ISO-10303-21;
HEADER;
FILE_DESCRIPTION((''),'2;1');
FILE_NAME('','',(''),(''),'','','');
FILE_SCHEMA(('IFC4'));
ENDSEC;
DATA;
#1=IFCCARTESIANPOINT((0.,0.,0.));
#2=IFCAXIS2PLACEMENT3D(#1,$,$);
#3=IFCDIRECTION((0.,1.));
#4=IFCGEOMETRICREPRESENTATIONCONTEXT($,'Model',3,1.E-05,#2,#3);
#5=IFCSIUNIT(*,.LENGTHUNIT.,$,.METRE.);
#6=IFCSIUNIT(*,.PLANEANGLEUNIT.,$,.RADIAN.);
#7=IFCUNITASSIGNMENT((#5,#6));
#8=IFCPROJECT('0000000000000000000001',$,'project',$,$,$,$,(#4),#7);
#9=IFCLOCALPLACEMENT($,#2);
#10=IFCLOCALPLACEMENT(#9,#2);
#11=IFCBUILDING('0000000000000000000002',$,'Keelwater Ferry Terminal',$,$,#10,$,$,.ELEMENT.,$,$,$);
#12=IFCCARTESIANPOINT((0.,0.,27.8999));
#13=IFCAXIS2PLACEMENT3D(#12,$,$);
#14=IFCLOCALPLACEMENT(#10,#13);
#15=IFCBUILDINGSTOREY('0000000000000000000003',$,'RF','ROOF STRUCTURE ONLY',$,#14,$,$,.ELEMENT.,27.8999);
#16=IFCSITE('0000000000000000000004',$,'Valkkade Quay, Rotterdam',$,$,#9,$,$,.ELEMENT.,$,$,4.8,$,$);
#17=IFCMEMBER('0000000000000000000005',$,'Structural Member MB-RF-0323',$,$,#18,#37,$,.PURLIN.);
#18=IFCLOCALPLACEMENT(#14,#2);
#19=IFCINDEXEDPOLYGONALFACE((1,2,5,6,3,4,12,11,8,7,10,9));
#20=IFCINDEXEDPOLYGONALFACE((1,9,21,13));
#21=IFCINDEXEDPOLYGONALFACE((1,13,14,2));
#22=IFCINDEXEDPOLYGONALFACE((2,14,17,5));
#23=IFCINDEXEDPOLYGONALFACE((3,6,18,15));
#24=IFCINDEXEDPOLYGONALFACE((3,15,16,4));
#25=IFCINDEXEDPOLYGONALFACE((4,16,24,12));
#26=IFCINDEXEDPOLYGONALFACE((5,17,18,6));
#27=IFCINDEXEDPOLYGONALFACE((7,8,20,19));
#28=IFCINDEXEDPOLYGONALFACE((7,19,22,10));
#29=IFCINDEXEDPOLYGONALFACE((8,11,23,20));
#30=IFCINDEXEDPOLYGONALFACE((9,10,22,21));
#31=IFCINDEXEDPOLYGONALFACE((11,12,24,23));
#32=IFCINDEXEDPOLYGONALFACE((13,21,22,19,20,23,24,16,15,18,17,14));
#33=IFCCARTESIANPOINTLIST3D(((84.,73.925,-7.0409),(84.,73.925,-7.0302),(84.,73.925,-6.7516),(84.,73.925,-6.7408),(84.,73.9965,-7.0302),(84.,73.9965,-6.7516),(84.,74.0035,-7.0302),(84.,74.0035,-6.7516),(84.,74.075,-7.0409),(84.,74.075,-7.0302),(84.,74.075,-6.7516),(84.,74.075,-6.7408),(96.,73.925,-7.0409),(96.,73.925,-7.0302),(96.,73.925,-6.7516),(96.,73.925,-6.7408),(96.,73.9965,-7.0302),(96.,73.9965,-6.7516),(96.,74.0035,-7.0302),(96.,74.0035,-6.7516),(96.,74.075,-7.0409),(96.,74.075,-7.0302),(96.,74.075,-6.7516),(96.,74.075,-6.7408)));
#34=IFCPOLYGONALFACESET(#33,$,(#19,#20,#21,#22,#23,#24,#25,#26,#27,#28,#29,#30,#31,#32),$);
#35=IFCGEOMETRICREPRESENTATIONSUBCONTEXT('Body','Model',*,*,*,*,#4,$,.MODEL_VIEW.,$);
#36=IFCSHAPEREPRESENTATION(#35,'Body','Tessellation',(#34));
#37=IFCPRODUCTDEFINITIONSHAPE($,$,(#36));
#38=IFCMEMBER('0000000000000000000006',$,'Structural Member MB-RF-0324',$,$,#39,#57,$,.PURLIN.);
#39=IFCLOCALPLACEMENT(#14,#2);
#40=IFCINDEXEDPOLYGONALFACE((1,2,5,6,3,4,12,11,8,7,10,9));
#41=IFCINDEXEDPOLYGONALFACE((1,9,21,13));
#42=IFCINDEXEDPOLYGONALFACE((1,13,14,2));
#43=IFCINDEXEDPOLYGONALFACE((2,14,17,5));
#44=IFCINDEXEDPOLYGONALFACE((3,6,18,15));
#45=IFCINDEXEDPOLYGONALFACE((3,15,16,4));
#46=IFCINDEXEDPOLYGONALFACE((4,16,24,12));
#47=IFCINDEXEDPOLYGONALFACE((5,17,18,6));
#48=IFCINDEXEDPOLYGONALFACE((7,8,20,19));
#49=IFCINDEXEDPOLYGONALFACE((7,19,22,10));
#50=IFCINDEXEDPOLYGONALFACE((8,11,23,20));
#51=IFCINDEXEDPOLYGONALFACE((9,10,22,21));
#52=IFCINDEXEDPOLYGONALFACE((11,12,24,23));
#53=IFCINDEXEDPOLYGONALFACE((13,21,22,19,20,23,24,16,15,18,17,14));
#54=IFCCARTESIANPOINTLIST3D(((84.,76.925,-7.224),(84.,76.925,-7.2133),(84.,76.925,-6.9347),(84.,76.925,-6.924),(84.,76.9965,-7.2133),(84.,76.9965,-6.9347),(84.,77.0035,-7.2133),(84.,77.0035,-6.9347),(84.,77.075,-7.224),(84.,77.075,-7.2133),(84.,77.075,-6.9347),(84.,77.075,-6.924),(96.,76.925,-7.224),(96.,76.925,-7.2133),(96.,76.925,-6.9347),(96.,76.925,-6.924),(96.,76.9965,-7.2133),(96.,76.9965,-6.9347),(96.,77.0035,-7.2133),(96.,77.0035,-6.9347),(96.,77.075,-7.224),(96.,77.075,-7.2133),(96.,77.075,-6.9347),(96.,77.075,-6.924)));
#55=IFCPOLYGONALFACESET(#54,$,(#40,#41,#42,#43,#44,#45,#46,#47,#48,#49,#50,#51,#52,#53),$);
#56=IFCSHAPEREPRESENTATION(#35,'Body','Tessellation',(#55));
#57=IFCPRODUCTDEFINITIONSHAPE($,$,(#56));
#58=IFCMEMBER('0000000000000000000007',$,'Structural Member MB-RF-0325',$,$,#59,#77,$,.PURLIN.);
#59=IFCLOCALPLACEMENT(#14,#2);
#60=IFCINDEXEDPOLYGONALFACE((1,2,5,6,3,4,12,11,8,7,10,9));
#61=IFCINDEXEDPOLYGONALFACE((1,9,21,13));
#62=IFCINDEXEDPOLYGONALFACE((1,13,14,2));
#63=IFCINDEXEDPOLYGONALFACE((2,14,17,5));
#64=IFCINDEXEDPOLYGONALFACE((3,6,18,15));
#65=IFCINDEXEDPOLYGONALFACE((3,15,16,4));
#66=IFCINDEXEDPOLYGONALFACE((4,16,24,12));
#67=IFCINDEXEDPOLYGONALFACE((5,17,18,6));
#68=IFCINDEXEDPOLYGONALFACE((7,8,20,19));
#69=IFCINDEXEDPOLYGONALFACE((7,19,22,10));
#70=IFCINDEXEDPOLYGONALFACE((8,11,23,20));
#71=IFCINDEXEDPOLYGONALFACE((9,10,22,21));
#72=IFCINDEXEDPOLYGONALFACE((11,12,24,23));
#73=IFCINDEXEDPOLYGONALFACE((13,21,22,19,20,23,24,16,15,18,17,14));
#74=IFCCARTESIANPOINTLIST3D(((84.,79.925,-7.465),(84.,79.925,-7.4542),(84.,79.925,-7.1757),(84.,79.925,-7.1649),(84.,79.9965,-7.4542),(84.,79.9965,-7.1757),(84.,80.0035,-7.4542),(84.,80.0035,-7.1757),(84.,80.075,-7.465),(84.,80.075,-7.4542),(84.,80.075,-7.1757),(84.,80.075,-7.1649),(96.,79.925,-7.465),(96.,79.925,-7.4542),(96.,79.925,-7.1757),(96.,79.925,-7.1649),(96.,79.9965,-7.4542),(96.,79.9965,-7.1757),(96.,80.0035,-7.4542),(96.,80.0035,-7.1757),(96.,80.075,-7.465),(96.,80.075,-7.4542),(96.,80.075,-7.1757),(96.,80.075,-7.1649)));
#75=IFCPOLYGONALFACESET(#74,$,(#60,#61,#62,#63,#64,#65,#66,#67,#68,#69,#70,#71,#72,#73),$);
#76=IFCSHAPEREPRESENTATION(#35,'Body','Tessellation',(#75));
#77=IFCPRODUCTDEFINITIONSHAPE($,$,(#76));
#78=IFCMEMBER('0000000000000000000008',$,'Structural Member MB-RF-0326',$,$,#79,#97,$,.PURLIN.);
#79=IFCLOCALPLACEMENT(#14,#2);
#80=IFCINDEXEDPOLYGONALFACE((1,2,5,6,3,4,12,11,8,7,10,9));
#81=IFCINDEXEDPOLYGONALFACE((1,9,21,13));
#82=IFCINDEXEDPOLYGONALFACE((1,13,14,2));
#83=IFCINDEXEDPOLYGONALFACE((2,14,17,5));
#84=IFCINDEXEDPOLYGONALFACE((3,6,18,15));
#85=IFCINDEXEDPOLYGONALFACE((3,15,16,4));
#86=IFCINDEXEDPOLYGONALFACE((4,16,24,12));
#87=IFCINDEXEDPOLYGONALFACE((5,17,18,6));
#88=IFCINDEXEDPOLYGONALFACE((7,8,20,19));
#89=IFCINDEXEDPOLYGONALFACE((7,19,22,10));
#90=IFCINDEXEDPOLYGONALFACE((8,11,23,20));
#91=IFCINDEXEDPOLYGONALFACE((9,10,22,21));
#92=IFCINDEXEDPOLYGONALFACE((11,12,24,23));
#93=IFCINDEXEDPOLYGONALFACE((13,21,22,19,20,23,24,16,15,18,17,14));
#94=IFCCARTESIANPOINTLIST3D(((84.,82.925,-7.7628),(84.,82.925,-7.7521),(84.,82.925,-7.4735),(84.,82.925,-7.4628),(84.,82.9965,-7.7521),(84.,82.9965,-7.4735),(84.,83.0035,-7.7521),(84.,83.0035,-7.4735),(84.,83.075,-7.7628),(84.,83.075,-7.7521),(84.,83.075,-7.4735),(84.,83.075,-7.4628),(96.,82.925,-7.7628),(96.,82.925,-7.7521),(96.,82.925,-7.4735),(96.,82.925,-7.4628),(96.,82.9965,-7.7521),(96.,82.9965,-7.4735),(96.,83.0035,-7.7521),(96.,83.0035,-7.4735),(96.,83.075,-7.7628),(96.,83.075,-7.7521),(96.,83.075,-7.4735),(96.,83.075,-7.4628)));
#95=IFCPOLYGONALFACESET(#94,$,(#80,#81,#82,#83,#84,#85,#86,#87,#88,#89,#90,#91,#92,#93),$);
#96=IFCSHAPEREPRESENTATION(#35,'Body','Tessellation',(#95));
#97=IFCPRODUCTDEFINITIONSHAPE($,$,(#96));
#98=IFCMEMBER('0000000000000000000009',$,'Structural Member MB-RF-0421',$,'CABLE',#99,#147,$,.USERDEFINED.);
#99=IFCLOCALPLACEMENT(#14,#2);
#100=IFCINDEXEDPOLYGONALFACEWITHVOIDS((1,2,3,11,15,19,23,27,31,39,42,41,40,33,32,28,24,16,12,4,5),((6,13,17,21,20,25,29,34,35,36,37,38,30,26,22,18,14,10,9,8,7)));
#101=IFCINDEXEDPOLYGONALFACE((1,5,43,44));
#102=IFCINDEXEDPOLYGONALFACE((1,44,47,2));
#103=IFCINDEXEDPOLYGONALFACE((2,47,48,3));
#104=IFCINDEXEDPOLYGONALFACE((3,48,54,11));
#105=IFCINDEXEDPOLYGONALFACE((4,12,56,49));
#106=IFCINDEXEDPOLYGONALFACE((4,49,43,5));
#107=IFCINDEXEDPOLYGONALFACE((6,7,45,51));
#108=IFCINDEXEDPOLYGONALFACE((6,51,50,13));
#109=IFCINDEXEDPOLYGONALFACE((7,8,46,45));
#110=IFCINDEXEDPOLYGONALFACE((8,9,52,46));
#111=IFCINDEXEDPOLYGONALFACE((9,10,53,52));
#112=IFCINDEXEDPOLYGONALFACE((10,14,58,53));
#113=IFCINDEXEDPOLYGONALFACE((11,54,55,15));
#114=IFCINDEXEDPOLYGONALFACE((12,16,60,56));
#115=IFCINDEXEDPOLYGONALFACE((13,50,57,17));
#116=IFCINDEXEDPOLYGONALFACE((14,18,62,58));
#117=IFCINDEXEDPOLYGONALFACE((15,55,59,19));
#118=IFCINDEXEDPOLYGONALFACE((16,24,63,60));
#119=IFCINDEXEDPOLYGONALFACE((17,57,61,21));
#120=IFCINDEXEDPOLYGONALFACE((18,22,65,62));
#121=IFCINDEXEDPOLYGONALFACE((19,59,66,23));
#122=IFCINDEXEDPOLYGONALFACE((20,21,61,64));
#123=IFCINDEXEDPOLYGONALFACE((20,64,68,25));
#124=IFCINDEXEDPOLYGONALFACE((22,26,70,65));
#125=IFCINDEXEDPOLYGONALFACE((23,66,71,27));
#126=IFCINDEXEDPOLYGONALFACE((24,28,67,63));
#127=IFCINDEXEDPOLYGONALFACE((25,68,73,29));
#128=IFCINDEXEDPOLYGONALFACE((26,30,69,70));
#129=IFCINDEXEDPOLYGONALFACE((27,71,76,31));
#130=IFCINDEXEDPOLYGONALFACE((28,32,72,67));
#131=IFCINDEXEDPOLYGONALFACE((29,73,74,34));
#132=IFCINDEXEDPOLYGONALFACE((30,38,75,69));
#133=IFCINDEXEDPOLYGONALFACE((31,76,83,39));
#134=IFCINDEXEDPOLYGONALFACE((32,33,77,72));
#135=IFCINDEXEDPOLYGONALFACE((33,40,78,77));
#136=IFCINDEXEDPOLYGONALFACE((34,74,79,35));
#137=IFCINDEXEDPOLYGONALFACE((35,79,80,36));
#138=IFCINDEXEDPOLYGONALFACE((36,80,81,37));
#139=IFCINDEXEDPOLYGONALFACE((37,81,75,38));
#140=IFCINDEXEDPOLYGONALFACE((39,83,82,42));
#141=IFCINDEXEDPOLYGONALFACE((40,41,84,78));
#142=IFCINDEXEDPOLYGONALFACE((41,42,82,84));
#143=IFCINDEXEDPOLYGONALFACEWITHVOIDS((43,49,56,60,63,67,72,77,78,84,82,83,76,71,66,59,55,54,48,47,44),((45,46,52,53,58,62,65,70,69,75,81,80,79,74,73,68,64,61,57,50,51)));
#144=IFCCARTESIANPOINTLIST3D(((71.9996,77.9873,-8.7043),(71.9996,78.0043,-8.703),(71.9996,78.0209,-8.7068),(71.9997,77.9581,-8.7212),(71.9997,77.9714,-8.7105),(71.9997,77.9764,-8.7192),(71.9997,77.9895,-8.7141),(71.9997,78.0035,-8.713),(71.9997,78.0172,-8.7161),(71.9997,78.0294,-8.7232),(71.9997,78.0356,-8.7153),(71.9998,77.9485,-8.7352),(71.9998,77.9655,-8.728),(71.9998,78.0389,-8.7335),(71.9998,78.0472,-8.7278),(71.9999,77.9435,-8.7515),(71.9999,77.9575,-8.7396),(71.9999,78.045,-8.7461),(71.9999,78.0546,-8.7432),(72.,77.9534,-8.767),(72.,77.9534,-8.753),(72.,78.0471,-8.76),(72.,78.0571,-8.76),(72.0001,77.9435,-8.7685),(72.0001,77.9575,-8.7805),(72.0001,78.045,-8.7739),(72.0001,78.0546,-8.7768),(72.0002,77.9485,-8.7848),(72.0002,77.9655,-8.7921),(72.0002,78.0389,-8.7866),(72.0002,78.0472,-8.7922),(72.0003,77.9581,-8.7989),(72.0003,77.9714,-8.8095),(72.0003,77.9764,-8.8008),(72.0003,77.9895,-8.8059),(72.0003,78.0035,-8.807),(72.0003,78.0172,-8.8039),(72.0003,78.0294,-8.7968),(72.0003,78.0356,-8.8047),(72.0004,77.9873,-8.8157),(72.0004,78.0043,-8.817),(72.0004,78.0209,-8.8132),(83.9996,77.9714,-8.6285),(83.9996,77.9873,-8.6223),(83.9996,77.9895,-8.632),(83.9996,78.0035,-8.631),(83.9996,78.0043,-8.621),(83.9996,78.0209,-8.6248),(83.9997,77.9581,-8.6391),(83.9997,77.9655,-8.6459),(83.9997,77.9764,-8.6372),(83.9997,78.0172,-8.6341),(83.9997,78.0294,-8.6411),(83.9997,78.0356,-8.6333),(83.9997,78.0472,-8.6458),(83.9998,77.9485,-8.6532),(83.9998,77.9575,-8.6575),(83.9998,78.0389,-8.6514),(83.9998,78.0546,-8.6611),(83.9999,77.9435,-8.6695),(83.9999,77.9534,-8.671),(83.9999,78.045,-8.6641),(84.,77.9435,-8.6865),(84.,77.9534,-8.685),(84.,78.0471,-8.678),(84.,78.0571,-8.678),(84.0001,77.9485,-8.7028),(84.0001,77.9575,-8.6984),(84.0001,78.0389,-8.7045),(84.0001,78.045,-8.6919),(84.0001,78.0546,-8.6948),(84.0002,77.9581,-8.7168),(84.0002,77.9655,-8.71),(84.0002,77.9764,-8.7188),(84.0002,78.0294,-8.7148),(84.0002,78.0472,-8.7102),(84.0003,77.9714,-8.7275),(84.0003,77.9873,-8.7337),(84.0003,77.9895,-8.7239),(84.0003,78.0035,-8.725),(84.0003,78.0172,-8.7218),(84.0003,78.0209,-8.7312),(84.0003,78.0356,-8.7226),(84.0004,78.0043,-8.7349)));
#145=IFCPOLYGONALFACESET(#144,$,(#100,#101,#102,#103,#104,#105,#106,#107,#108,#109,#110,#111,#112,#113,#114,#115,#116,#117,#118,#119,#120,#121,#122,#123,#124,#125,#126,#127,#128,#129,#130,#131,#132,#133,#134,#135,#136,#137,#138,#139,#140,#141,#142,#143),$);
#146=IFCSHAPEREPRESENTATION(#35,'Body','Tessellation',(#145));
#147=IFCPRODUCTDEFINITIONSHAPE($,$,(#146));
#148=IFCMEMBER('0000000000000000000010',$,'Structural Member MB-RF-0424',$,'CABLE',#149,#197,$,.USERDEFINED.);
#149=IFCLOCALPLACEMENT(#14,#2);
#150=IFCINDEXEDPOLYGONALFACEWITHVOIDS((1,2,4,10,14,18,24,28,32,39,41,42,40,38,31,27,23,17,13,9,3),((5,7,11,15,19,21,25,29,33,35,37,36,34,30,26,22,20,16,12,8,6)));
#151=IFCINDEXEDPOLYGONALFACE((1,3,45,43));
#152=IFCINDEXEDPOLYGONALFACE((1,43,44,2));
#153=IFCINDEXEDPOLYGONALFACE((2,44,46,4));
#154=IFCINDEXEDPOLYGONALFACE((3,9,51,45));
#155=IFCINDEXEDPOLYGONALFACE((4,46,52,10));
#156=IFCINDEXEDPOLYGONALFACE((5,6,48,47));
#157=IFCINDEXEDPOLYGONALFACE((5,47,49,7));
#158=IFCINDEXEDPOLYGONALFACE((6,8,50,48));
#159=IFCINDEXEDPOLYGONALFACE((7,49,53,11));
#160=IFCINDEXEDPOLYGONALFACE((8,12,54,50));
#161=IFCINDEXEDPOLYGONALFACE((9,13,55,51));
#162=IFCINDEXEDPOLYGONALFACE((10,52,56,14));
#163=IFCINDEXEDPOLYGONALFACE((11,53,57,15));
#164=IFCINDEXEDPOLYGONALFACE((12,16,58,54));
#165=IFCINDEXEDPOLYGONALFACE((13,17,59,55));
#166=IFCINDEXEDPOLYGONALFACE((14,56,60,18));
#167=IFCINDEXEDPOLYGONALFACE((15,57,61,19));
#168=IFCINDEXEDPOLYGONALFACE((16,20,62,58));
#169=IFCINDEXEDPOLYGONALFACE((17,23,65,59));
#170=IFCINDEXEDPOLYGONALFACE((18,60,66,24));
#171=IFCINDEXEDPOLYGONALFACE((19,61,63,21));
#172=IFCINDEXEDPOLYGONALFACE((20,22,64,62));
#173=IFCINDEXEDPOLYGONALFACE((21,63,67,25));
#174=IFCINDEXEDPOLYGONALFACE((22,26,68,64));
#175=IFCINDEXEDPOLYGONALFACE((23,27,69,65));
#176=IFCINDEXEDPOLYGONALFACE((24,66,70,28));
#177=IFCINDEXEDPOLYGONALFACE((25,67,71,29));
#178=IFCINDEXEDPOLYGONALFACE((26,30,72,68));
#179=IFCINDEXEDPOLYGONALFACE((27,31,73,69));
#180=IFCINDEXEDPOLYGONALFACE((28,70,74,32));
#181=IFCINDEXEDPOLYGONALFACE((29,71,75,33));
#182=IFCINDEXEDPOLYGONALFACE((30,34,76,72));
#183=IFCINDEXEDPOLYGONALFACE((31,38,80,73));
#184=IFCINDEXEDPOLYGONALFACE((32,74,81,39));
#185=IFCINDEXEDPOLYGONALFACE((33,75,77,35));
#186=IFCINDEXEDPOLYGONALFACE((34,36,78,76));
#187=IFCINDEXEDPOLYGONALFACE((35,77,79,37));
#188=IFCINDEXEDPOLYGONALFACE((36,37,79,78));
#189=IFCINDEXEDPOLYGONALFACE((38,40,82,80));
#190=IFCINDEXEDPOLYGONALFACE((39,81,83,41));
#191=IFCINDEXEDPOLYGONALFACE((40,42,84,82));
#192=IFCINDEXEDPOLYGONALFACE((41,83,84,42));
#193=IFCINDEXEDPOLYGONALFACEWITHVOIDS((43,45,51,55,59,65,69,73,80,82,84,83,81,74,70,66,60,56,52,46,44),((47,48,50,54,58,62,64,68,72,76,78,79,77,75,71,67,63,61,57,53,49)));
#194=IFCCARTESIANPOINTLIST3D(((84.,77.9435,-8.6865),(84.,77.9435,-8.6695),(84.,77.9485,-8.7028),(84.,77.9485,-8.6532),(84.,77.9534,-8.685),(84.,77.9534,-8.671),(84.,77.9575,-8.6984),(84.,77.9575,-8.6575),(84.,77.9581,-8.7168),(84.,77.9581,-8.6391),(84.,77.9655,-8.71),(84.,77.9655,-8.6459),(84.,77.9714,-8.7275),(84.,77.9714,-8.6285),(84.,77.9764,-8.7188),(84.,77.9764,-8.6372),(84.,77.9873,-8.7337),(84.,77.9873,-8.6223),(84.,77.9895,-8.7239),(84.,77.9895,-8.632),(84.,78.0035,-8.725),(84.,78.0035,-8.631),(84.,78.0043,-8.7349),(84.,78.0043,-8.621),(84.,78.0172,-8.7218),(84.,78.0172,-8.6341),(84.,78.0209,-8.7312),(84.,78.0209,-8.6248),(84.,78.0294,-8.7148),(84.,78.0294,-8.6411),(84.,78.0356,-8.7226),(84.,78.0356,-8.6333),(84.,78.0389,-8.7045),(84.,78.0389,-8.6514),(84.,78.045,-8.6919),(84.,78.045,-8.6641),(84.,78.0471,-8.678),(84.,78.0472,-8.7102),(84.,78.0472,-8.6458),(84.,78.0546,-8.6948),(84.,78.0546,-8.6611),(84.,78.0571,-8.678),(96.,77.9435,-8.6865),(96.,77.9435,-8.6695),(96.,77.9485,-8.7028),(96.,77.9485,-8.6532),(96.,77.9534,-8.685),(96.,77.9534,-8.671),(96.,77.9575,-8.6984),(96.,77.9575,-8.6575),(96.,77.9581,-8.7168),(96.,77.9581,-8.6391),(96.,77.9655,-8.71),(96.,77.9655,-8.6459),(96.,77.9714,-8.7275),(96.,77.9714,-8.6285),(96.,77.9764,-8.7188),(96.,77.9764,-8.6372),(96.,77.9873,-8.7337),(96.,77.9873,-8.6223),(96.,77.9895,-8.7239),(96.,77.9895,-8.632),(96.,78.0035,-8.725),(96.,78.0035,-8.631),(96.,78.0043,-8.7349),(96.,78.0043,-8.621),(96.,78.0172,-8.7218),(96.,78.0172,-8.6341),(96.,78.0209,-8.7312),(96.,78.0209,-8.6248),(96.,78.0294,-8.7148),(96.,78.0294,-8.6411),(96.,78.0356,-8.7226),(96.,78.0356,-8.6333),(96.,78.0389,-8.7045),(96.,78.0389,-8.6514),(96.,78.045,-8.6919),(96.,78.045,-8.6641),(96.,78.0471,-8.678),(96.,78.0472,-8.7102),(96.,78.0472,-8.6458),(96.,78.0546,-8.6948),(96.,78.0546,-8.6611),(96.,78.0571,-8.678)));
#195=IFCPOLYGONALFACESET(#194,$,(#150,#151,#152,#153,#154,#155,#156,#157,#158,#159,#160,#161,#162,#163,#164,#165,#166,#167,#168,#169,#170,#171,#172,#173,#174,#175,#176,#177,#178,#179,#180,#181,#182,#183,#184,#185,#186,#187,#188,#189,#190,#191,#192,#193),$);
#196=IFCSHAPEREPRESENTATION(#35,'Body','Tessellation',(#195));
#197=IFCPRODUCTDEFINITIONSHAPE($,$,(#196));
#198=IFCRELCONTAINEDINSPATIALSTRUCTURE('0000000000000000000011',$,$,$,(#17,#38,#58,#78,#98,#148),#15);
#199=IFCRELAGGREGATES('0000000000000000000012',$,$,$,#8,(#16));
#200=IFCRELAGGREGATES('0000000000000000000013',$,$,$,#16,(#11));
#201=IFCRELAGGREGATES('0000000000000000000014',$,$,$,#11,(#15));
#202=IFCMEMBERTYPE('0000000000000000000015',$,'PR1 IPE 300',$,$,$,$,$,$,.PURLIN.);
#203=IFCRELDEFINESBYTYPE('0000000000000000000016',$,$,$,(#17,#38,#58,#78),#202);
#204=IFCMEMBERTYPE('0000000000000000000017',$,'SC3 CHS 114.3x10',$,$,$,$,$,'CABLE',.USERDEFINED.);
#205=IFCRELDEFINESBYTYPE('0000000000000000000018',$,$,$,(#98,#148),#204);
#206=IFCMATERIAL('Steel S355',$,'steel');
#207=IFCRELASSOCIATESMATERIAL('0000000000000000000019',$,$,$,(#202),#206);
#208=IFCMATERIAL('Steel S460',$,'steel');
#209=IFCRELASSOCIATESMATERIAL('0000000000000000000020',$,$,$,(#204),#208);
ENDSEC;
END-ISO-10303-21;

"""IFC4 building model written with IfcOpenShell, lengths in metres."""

from ifc_helpers import new_model, si_unit, direction, frame, origin, origin_2d, place, context, subcontext, project, spatial, hollow_circle, i_section, extrude, material, material_profile, profile_set, type_object, element, save


model = new_model("IFC4")

# Units and contexts
model_context = context("Model", 3, precision=1e-05, world=origin(), true_north=direction((0.0, 1.0)))
body_context = subcontext(model_context, "Body", "Model", "MODEL_VIEW")
ifc_project = project(units=[si_unit("LENGTHUNIT", "METRE"), si_unit("PLANEANGLEUNIT", "RADIAN")], contexts=[model_context])

# Site, building, storey
site_placement = place(None, origin())
site = spatial("IfcSite", under=ifc_project, at=site_placement, Name="Valkkade Quay, Rotterdam", CompositionType="ELEMENT", RefElevation=4.8)
building_placement = place(site_placement, origin())
building = spatial("IfcBuilding", under=site, at=building_placement, Name="Keelwater Ferry Terminal", CompositionType="ELEMENT")
storey_placement = place(building_placement, frame((0.0, 0.0, 27.8999)))
storey = spatial("IfcBuildingStorey", under=building, at=storey_placement, Name="RF", Description="ROOF STRUCTURE ONLY", CompositionType="ELEMENT", Elevation=27.8999)

# Members
ifc_material_1 = material(Name="Steel S355", Category="steel")
ifc_material_profile_1 = material_profile(ifc_material_1, i_section(OverallWidth=0.1499, OverallDepth=0.3, WebThickness=0.0071, FlangeThickness=0.0107, at=origin_2d()), Name="IPE 300")
ifc_profile_set_1 = profile_set([ifc_material_profile_1], Name="Steel S355")
member_type_1 = type_object("IfcMemberType", Name="PR1 IPE 300", PredefinedType="PURLIN", material=ifc_profile_set_1)
for number, where, z_axis, x_axis, name in (
    (1, (84.0, 74.0, -6.8909), (1.0, 0.0, 0.0), (0.0, 1.0, 0.0), "Structural Member MB-RF-0323"),
    (2, (84.0, 77.0, -7.074), (1.0, 0.0, 0.0), (0.0, 1.0, 0.0), "Structural Member MB-RF-0324"),
    (3, (84.0, 80.0, -7.3149), (1.0, 0.0, 0.0), (0.0, 1.0, 0.0), "Structural Member MB-RF-0325"),
    (4, (84.0, 83.0, -7.6128), (1.0, 0.0, 0.0), (0.0, 1.0, 0.0), "Structural Member MB-RF-0326"),
):
    element("IfcMember", number, at=place(storey_placement, frame(where, z_axis=z_axis, x_axis=x_axis)), inside=storey, type_object=member_type_1, Name=name, PredefinedType="PURLIN", context=body_context, shape_type="SweptSolid", body=[
        extrude(i_section(OverallWidth=0.1499, OverallDepth=0.3, WebThickness=0.0071, FlangeThickness=0.0107, at=origin_2d()), origin(), (0.0, 0.0, 1.0), 12.0),
    ])
ifc_material_2 = material(Name="Steel S460", Category="steel")
ifc_material_profile_2 = material_profile(ifc_material_2, hollow_circle(Radius=0.0571, WallThickness=0.01, at=origin_2d()), Name="CHS 114.3x10")
ifc_profile_set_2 = profile_set([ifc_material_profile_2], Name="Steel S460")
member_type_2 = type_object("IfcMemberType", Name="SC3 CHS 114.3x10", ElementType="CABLE", PredefinedType="USERDEFINED", material=ifc_profile_set_2)
member_1_placement = place(storey_placement, frame((72.0, 78.0, -8.76), z_axis=(0.999977, 0.0, 0.006836), x_axis=(0.0, 1.0, 0.0)))
element("IfcMember", 5, at=member_1_placement, inside=storey, type_object=member_type_2, Name="Structural Member MB-RF-0421", ObjectType="CABLE", PredefinedType="USERDEFINED", context=body_context, shape_type="SweptSolid", body=[
    extrude(hollow_circle(Radius=0.0571, WallThickness=0.01, at=origin_2d()), origin(), (0.0, 0.0, 1.0), 12.0002),
])
member_2_placement = place(storey_placement, frame((84.0, 78.0, -8.678), z_axis=(1.0, 0.0, 0.0), x_axis=(0.0, 1.0, 0.0)))
element("IfcMember", 6, at=member_2_placement, inside=storey, type_object=member_type_2, Name="Structural Member MB-RF-0424", ObjectType="CABLE", PredefinedType="USERDEFINED", context=body_context, shape_type="SweptSolid", body=[
    extrude(hollow_circle(Radius=0.0571, WallThickness=0.01, at=origin_2d()), origin(), (0.0, 0.0, 1.0), 12.0),
])

save(model, "model.ifc")
